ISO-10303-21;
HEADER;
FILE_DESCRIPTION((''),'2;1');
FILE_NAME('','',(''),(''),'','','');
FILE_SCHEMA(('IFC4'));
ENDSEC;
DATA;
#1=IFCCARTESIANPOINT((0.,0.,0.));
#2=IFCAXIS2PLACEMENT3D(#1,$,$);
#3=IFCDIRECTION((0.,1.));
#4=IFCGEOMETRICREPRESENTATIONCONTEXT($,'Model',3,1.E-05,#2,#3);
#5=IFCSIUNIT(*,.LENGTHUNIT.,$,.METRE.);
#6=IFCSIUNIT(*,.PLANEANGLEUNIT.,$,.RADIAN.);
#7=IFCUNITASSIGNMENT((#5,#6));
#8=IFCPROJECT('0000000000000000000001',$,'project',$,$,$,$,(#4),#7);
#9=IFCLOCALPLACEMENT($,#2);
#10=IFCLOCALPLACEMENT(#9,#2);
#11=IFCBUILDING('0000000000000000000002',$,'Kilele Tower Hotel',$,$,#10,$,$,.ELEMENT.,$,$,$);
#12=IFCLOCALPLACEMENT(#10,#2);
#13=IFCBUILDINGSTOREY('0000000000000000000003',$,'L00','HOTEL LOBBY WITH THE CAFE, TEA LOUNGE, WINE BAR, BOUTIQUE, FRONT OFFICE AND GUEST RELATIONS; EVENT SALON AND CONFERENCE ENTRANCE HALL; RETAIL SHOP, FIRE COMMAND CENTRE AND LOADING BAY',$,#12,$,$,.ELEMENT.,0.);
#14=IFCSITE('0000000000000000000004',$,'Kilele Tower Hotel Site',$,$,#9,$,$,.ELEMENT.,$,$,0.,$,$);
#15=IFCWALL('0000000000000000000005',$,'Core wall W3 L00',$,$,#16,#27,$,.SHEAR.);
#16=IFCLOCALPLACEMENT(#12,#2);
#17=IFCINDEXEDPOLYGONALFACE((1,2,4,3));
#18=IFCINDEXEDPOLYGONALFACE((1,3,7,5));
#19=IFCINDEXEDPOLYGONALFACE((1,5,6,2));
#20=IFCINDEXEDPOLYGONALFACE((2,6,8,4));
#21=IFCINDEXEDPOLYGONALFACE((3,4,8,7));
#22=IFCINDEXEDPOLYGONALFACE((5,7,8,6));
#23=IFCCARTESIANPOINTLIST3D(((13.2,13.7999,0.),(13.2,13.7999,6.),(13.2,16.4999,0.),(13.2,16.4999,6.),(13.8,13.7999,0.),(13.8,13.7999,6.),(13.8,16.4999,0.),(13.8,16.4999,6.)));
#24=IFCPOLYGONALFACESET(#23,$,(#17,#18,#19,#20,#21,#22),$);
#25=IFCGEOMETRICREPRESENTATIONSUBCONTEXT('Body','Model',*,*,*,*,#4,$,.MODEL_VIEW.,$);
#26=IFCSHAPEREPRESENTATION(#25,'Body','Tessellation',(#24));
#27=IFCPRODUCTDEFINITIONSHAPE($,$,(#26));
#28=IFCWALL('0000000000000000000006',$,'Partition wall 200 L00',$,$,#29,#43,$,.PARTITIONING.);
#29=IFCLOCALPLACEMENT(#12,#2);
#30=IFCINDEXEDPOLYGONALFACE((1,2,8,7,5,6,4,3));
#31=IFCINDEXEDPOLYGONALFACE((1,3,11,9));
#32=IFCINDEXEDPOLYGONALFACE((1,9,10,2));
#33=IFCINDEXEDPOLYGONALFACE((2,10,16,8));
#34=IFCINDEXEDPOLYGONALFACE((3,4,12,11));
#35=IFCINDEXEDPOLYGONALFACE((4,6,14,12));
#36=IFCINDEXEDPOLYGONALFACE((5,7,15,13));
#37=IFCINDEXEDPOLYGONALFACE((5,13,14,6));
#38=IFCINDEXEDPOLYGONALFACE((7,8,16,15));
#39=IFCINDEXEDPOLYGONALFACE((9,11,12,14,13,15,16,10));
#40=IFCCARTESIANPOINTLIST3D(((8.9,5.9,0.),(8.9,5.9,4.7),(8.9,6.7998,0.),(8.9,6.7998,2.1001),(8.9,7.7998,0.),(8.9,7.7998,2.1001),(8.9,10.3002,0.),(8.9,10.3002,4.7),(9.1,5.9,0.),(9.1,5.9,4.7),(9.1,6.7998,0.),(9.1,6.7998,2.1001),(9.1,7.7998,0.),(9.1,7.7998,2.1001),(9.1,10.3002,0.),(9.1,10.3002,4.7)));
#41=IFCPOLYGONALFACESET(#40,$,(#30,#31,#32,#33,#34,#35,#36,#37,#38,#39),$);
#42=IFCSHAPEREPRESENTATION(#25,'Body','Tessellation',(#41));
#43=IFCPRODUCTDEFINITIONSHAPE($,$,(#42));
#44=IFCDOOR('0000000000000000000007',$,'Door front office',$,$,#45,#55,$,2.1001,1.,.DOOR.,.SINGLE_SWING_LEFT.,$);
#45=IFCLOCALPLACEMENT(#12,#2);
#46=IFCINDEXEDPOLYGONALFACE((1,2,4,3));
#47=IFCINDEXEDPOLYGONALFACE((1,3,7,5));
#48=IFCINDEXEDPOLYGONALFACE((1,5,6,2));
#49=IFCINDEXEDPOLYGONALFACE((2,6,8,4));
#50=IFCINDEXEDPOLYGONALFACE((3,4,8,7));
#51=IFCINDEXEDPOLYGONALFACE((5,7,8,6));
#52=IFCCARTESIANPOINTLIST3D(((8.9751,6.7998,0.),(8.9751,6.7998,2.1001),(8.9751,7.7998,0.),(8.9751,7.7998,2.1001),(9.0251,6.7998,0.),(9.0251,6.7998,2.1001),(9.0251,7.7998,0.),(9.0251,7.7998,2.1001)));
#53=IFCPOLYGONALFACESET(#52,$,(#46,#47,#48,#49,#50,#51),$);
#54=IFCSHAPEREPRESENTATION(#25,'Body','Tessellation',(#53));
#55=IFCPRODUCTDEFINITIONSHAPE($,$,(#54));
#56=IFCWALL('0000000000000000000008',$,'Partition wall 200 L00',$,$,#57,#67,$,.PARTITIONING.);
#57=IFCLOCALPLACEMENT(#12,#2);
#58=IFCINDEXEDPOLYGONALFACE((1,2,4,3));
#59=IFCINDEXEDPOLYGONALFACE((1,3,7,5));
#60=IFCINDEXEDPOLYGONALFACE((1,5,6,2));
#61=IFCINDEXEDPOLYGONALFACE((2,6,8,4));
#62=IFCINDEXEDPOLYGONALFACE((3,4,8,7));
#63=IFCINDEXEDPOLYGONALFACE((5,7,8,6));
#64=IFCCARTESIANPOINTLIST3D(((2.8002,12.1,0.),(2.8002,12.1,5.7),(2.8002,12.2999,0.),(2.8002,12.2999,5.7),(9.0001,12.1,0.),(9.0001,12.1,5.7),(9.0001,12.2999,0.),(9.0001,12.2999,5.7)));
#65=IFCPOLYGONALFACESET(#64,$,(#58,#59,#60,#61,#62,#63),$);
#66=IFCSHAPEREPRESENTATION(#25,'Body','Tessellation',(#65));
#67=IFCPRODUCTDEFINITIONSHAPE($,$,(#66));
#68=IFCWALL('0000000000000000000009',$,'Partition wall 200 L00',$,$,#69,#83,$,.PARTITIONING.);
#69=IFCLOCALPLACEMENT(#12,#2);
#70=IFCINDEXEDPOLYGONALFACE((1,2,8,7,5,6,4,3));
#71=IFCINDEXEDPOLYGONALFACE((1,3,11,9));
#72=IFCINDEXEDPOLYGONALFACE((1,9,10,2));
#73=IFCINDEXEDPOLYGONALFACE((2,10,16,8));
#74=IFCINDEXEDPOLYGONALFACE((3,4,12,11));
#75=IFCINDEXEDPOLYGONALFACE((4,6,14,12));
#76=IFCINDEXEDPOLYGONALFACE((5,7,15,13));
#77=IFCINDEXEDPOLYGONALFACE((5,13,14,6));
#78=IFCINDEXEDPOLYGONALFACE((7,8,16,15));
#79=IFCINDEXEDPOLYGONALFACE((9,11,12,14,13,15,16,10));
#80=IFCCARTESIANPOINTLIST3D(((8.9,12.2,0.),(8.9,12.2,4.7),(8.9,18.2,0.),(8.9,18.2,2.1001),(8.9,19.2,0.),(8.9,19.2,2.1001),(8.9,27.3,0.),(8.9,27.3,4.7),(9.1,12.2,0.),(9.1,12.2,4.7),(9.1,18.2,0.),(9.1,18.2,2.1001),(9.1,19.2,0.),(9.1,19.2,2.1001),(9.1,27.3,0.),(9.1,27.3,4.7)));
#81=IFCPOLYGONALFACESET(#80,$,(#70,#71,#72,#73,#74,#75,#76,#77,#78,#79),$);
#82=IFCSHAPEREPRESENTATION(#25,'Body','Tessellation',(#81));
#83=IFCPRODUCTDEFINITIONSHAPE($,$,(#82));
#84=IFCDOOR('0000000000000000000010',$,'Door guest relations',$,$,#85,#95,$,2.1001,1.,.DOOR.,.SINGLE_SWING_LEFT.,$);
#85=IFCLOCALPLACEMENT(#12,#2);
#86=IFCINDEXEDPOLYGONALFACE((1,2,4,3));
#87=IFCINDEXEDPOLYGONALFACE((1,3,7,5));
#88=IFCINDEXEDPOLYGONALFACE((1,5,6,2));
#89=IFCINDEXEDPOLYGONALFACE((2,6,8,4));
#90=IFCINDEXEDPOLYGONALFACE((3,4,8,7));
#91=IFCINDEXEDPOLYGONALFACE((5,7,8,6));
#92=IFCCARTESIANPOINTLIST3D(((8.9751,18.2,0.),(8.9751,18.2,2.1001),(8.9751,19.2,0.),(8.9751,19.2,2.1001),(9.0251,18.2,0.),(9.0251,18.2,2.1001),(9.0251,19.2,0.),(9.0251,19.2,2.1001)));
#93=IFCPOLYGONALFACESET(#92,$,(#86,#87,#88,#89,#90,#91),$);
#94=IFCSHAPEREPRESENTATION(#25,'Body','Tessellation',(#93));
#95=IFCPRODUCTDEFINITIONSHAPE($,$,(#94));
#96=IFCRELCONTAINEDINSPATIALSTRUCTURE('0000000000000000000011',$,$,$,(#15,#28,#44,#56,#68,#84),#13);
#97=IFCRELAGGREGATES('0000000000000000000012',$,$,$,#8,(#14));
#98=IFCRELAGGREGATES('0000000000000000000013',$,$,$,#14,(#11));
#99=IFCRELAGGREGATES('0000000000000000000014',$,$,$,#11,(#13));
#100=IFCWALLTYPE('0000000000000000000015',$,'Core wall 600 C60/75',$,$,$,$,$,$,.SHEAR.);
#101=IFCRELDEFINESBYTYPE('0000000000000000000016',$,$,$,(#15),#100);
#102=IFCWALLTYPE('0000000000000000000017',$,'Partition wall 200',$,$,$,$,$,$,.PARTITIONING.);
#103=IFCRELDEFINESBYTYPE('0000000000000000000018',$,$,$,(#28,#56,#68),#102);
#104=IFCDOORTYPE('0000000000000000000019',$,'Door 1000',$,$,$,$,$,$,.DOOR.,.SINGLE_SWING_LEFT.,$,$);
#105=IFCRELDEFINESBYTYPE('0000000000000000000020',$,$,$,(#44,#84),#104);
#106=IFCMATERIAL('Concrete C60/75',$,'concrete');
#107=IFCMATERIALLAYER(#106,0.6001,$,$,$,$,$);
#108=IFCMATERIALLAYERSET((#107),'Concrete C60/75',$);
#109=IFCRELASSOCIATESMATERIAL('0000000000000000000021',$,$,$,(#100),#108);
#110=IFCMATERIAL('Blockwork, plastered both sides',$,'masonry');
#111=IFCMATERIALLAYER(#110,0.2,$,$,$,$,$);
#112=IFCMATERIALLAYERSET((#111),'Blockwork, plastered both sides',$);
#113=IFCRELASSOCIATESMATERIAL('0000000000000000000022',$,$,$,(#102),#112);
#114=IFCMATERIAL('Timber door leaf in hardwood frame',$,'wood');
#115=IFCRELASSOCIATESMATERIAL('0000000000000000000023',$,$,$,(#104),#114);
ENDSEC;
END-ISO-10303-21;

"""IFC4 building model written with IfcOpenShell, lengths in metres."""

from ifc_helpers import new_model, si_unit, direction, frame, frame_2d, origin, place, context, subcontext, project, spatial, rectangle, extrude, material, layer, layer_set, type_object, element, fill, save


model = new_model("IFC4")

# Units and contexts
model_context = context("Model", 3, precision=1e-05, world=origin(), true_north=direction((0.0, 1.0)))
body_context = subcontext(model_context, "Body", "Model", "MODEL_VIEW")
ifc_project = project(units=[si_unit("LENGTHUNIT", "METRE"), si_unit("PLANEANGLEUNIT", "RADIAN")], contexts=[model_context])

# Site, building, storey
site_placement = place(None, origin())
site = spatial("IfcSite", under=ifc_project, at=site_placement, Name="Kilele Tower Hotel Site", CompositionType="ELEMENT", RefElevation=0.0)
building_placement = place(site_placement, origin())
building = spatial("IfcBuilding", under=site, at=building_placement, Name="Kilele Tower Hotel", CompositionType="ELEMENT")
storey_placement = place(building_placement, origin())
storey = spatial("IfcBuildingStorey", under=building, at=storey_placement, Name="L00", Description="HOTEL LOBBY WITH THE CAFE, TEA LOUNGE, WINE BAR, BOUTIQUE, FRONT OFFICE AND GUEST RELATIONS; EVENT SALON AND CONFERENCE ENTRANCE HALL; RETAIL SHOP, FIRE COMMAND CENTRE AND LOADING BAY", CompositionType="ELEMENT", Elevation=0.0)

# Shared definitions
ifc_material_1 = material(Name="Concrete C60/75", Category="concrete")
ifc_layer_1 = layer(ifc_material_1, 0.6001)
ifc_layer_set_1 = layer_set([ifc_layer_1], Name="Concrete C60/75")
wall_type_1 = type_object("IfcWallType", Name="Core wall 600 C60/75", PredefinedType="SHEAR", material=ifc_layer_set_1)

# Wall
wall_1_placement = place(storey_placement, frame((13.5, 16.5, 0.0), z_axis=(0.0, 0.0, 1.0), x_axis=(0.0, -1.0, 0.0)))
element("IfcWall", 1, at=wall_1_placement, inside=storey, type_object=wall_type_1, Name="Core wall W3 L00", PredefinedType="SHEAR", context=body_context, shape_type="SweptSolid", body=[
    extrude(rectangle(XDim=2.7, YDim=0.6001, at=frame_2d((1.3501, 0.0))), origin(), (0.0, 0.0, 1.0), 6.0),
])

# Wall, opening, door
ifc_material_2 = material(Name="Blockwork, plastered both sides", Category="masonry")
ifc_layer_2 = layer(ifc_material_2, 0.2)
ifc_layer_set_2 = layer_set([ifc_layer_2], Name="Blockwork, plastered both sides")
wall_type_2 = type_object("IfcWallType", Name="Partition wall 200", PredefinedType="PARTITIONING", material=ifc_layer_set_2)
wall_2_placement = place(storey_placement, frame((9.0, 5.8999, 0.0), z_axis=(0.0, 0.0, 1.0), x_axis=(0.0, 1.0, 0.0)))
wall_2 = element("IfcWall", 2, at=wall_2_placement, inside=storey, type_object=wall_type_2, Name="Partition wall 200 L00", PredefinedType="PARTITIONING", context=body_context, shape_type="SweptSolid", body=[
    extrude(rectangle(XDim=4.4001, YDim=0.2, at=frame_2d((2.2002, 0.0))), origin(), (0.0, 0.0, 1.0), 4.7),
])
opening_1_placement = place(wall_2_placement, frame((0.8999, 0.0, 0.0)))
opening_1 = element("IfcOpeningElement", 3, at=opening_1_placement, cuts=wall_2, PredefinedType="OPENING", context=body_context, shape_type="SweptSolid", body=[
    extrude(rectangle(XDim=1.0, YDim=2.1001, at=frame_2d((0.5, 1.05))), frame((0.0, 0.1099, 0.0), z_axis=(0.0, -1.0, 0.0), x_axis=(1.0, 0.0, 0.0)), (0.0, 0.0, 1.0), 0.22),
])
ifc_material_3 = material(Name="Timber door leaf in hardwood frame", Category="wood")
door_type_1 = type_object("IfcDoorType", Name="Door 1000", OperationType="SINGLE_SWING_LEFT", PredefinedType="DOOR", material=ifc_material_3)
door_1_placement = place(opening_1_placement, origin())
door_1 = element("IfcDoor", 4, at=door_1_placement, inside=storey, type_object=door_type_1, Name="Door front office", OperationType="SINGLE_SWING_LEFT", OverallHeight=2.1001, OverallWidth=1.0, PredefinedType="DOOR", context=body_context, shape_type="SweptSolid", body=[
    extrude(rectangle(XDim=1.0, YDim=2.1001, at=frame_2d((0.5, 1.05))), frame((0.0, 0.0249, 0.0), z_axis=(0.0, -1.0, 0.0), x_axis=(1.0, 0.0, 0.0)), (0.0, 0.0, 1.0), 0.05),
])
fill(opening_1, door_1)

# Wall
wall_3_placement = place(storey_placement, frame((2.8, 12.2, 0.0), z_axis=(0.0, 0.0, 1.0), x_axis=(1.0, 0.0, 0.0)))
element("IfcWall", 5, at=wall_3_placement, inside=storey, type_object=wall_type_2, Name="Partition wall 200 L00", PredefinedType="PARTITIONING", context=body_context, shape_type="SweptSolid", body=[
    extrude(rectangle(XDim=6.2, YDim=0.2, at=frame_2d((3.1001, 0.0))), origin(), (0.0, 0.0, 1.0), 5.7),
])

# Wall, opening, door
wall_4_placement = place(storey_placement, frame((9.0, 12.2, 0.0), z_axis=(0.0, 0.0, 1.0), x_axis=(0.0, 1.0, 0.0)))
wall_4 = element("IfcWall", 6, at=wall_4_placement, inside=storey, type_object=wall_type_2, Name="Partition wall 200 L00", PredefinedType="PARTITIONING", context=body_context, shape_type="SweptSolid", body=[
    extrude(rectangle(XDim=15.1001, YDim=0.2, at=frame_2d((7.55, 0.0))), origin(), (0.0, 0.0, 1.0), 4.7),
])
opening_2_placement = place(wall_4_placement, frame((6.0, 0.0, 0.0)))
opening_2 = element("IfcOpeningElement", 7, at=opening_2_placement, cuts=wall_4, PredefinedType="OPENING", context=body_context, shape_type="SweptSolid", body=[
    extrude(rectangle(XDim=1.0, YDim=2.1001, at=frame_2d((0.5, 1.05))), frame((0.0, 0.1099, 0.0), z_axis=(0.0, -1.0, 0.0), x_axis=(1.0, 0.0, 0.0)), (0.0, 0.0, 1.0), 0.22),
])
door_2_placement = place(opening_2_placement, origin())
door_2 = element("IfcDoor", 8, at=door_2_placement, inside=storey, type_object=door_type_1, Name="Door guest relations", OperationType="SINGLE_SWING_LEFT", OverallHeight=2.1001, OverallWidth=1.0, PredefinedType="DOOR", context=body_context, shape_type="SweptSolid", body=[
    extrude(rectangle(XDim=1.0, YDim=2.1001, at=frame_2d((0.5, 1.05))), frame((0.0, 0.0249, 0.0), z_axis=(0.0, -1.0, 0.0), x_axis=(1.0, 0.0, 0.0)), (0.0, 0.0, 1.0), 0.05),
])
fill(opening_2, door_2)

save(model, "model.ifc")
